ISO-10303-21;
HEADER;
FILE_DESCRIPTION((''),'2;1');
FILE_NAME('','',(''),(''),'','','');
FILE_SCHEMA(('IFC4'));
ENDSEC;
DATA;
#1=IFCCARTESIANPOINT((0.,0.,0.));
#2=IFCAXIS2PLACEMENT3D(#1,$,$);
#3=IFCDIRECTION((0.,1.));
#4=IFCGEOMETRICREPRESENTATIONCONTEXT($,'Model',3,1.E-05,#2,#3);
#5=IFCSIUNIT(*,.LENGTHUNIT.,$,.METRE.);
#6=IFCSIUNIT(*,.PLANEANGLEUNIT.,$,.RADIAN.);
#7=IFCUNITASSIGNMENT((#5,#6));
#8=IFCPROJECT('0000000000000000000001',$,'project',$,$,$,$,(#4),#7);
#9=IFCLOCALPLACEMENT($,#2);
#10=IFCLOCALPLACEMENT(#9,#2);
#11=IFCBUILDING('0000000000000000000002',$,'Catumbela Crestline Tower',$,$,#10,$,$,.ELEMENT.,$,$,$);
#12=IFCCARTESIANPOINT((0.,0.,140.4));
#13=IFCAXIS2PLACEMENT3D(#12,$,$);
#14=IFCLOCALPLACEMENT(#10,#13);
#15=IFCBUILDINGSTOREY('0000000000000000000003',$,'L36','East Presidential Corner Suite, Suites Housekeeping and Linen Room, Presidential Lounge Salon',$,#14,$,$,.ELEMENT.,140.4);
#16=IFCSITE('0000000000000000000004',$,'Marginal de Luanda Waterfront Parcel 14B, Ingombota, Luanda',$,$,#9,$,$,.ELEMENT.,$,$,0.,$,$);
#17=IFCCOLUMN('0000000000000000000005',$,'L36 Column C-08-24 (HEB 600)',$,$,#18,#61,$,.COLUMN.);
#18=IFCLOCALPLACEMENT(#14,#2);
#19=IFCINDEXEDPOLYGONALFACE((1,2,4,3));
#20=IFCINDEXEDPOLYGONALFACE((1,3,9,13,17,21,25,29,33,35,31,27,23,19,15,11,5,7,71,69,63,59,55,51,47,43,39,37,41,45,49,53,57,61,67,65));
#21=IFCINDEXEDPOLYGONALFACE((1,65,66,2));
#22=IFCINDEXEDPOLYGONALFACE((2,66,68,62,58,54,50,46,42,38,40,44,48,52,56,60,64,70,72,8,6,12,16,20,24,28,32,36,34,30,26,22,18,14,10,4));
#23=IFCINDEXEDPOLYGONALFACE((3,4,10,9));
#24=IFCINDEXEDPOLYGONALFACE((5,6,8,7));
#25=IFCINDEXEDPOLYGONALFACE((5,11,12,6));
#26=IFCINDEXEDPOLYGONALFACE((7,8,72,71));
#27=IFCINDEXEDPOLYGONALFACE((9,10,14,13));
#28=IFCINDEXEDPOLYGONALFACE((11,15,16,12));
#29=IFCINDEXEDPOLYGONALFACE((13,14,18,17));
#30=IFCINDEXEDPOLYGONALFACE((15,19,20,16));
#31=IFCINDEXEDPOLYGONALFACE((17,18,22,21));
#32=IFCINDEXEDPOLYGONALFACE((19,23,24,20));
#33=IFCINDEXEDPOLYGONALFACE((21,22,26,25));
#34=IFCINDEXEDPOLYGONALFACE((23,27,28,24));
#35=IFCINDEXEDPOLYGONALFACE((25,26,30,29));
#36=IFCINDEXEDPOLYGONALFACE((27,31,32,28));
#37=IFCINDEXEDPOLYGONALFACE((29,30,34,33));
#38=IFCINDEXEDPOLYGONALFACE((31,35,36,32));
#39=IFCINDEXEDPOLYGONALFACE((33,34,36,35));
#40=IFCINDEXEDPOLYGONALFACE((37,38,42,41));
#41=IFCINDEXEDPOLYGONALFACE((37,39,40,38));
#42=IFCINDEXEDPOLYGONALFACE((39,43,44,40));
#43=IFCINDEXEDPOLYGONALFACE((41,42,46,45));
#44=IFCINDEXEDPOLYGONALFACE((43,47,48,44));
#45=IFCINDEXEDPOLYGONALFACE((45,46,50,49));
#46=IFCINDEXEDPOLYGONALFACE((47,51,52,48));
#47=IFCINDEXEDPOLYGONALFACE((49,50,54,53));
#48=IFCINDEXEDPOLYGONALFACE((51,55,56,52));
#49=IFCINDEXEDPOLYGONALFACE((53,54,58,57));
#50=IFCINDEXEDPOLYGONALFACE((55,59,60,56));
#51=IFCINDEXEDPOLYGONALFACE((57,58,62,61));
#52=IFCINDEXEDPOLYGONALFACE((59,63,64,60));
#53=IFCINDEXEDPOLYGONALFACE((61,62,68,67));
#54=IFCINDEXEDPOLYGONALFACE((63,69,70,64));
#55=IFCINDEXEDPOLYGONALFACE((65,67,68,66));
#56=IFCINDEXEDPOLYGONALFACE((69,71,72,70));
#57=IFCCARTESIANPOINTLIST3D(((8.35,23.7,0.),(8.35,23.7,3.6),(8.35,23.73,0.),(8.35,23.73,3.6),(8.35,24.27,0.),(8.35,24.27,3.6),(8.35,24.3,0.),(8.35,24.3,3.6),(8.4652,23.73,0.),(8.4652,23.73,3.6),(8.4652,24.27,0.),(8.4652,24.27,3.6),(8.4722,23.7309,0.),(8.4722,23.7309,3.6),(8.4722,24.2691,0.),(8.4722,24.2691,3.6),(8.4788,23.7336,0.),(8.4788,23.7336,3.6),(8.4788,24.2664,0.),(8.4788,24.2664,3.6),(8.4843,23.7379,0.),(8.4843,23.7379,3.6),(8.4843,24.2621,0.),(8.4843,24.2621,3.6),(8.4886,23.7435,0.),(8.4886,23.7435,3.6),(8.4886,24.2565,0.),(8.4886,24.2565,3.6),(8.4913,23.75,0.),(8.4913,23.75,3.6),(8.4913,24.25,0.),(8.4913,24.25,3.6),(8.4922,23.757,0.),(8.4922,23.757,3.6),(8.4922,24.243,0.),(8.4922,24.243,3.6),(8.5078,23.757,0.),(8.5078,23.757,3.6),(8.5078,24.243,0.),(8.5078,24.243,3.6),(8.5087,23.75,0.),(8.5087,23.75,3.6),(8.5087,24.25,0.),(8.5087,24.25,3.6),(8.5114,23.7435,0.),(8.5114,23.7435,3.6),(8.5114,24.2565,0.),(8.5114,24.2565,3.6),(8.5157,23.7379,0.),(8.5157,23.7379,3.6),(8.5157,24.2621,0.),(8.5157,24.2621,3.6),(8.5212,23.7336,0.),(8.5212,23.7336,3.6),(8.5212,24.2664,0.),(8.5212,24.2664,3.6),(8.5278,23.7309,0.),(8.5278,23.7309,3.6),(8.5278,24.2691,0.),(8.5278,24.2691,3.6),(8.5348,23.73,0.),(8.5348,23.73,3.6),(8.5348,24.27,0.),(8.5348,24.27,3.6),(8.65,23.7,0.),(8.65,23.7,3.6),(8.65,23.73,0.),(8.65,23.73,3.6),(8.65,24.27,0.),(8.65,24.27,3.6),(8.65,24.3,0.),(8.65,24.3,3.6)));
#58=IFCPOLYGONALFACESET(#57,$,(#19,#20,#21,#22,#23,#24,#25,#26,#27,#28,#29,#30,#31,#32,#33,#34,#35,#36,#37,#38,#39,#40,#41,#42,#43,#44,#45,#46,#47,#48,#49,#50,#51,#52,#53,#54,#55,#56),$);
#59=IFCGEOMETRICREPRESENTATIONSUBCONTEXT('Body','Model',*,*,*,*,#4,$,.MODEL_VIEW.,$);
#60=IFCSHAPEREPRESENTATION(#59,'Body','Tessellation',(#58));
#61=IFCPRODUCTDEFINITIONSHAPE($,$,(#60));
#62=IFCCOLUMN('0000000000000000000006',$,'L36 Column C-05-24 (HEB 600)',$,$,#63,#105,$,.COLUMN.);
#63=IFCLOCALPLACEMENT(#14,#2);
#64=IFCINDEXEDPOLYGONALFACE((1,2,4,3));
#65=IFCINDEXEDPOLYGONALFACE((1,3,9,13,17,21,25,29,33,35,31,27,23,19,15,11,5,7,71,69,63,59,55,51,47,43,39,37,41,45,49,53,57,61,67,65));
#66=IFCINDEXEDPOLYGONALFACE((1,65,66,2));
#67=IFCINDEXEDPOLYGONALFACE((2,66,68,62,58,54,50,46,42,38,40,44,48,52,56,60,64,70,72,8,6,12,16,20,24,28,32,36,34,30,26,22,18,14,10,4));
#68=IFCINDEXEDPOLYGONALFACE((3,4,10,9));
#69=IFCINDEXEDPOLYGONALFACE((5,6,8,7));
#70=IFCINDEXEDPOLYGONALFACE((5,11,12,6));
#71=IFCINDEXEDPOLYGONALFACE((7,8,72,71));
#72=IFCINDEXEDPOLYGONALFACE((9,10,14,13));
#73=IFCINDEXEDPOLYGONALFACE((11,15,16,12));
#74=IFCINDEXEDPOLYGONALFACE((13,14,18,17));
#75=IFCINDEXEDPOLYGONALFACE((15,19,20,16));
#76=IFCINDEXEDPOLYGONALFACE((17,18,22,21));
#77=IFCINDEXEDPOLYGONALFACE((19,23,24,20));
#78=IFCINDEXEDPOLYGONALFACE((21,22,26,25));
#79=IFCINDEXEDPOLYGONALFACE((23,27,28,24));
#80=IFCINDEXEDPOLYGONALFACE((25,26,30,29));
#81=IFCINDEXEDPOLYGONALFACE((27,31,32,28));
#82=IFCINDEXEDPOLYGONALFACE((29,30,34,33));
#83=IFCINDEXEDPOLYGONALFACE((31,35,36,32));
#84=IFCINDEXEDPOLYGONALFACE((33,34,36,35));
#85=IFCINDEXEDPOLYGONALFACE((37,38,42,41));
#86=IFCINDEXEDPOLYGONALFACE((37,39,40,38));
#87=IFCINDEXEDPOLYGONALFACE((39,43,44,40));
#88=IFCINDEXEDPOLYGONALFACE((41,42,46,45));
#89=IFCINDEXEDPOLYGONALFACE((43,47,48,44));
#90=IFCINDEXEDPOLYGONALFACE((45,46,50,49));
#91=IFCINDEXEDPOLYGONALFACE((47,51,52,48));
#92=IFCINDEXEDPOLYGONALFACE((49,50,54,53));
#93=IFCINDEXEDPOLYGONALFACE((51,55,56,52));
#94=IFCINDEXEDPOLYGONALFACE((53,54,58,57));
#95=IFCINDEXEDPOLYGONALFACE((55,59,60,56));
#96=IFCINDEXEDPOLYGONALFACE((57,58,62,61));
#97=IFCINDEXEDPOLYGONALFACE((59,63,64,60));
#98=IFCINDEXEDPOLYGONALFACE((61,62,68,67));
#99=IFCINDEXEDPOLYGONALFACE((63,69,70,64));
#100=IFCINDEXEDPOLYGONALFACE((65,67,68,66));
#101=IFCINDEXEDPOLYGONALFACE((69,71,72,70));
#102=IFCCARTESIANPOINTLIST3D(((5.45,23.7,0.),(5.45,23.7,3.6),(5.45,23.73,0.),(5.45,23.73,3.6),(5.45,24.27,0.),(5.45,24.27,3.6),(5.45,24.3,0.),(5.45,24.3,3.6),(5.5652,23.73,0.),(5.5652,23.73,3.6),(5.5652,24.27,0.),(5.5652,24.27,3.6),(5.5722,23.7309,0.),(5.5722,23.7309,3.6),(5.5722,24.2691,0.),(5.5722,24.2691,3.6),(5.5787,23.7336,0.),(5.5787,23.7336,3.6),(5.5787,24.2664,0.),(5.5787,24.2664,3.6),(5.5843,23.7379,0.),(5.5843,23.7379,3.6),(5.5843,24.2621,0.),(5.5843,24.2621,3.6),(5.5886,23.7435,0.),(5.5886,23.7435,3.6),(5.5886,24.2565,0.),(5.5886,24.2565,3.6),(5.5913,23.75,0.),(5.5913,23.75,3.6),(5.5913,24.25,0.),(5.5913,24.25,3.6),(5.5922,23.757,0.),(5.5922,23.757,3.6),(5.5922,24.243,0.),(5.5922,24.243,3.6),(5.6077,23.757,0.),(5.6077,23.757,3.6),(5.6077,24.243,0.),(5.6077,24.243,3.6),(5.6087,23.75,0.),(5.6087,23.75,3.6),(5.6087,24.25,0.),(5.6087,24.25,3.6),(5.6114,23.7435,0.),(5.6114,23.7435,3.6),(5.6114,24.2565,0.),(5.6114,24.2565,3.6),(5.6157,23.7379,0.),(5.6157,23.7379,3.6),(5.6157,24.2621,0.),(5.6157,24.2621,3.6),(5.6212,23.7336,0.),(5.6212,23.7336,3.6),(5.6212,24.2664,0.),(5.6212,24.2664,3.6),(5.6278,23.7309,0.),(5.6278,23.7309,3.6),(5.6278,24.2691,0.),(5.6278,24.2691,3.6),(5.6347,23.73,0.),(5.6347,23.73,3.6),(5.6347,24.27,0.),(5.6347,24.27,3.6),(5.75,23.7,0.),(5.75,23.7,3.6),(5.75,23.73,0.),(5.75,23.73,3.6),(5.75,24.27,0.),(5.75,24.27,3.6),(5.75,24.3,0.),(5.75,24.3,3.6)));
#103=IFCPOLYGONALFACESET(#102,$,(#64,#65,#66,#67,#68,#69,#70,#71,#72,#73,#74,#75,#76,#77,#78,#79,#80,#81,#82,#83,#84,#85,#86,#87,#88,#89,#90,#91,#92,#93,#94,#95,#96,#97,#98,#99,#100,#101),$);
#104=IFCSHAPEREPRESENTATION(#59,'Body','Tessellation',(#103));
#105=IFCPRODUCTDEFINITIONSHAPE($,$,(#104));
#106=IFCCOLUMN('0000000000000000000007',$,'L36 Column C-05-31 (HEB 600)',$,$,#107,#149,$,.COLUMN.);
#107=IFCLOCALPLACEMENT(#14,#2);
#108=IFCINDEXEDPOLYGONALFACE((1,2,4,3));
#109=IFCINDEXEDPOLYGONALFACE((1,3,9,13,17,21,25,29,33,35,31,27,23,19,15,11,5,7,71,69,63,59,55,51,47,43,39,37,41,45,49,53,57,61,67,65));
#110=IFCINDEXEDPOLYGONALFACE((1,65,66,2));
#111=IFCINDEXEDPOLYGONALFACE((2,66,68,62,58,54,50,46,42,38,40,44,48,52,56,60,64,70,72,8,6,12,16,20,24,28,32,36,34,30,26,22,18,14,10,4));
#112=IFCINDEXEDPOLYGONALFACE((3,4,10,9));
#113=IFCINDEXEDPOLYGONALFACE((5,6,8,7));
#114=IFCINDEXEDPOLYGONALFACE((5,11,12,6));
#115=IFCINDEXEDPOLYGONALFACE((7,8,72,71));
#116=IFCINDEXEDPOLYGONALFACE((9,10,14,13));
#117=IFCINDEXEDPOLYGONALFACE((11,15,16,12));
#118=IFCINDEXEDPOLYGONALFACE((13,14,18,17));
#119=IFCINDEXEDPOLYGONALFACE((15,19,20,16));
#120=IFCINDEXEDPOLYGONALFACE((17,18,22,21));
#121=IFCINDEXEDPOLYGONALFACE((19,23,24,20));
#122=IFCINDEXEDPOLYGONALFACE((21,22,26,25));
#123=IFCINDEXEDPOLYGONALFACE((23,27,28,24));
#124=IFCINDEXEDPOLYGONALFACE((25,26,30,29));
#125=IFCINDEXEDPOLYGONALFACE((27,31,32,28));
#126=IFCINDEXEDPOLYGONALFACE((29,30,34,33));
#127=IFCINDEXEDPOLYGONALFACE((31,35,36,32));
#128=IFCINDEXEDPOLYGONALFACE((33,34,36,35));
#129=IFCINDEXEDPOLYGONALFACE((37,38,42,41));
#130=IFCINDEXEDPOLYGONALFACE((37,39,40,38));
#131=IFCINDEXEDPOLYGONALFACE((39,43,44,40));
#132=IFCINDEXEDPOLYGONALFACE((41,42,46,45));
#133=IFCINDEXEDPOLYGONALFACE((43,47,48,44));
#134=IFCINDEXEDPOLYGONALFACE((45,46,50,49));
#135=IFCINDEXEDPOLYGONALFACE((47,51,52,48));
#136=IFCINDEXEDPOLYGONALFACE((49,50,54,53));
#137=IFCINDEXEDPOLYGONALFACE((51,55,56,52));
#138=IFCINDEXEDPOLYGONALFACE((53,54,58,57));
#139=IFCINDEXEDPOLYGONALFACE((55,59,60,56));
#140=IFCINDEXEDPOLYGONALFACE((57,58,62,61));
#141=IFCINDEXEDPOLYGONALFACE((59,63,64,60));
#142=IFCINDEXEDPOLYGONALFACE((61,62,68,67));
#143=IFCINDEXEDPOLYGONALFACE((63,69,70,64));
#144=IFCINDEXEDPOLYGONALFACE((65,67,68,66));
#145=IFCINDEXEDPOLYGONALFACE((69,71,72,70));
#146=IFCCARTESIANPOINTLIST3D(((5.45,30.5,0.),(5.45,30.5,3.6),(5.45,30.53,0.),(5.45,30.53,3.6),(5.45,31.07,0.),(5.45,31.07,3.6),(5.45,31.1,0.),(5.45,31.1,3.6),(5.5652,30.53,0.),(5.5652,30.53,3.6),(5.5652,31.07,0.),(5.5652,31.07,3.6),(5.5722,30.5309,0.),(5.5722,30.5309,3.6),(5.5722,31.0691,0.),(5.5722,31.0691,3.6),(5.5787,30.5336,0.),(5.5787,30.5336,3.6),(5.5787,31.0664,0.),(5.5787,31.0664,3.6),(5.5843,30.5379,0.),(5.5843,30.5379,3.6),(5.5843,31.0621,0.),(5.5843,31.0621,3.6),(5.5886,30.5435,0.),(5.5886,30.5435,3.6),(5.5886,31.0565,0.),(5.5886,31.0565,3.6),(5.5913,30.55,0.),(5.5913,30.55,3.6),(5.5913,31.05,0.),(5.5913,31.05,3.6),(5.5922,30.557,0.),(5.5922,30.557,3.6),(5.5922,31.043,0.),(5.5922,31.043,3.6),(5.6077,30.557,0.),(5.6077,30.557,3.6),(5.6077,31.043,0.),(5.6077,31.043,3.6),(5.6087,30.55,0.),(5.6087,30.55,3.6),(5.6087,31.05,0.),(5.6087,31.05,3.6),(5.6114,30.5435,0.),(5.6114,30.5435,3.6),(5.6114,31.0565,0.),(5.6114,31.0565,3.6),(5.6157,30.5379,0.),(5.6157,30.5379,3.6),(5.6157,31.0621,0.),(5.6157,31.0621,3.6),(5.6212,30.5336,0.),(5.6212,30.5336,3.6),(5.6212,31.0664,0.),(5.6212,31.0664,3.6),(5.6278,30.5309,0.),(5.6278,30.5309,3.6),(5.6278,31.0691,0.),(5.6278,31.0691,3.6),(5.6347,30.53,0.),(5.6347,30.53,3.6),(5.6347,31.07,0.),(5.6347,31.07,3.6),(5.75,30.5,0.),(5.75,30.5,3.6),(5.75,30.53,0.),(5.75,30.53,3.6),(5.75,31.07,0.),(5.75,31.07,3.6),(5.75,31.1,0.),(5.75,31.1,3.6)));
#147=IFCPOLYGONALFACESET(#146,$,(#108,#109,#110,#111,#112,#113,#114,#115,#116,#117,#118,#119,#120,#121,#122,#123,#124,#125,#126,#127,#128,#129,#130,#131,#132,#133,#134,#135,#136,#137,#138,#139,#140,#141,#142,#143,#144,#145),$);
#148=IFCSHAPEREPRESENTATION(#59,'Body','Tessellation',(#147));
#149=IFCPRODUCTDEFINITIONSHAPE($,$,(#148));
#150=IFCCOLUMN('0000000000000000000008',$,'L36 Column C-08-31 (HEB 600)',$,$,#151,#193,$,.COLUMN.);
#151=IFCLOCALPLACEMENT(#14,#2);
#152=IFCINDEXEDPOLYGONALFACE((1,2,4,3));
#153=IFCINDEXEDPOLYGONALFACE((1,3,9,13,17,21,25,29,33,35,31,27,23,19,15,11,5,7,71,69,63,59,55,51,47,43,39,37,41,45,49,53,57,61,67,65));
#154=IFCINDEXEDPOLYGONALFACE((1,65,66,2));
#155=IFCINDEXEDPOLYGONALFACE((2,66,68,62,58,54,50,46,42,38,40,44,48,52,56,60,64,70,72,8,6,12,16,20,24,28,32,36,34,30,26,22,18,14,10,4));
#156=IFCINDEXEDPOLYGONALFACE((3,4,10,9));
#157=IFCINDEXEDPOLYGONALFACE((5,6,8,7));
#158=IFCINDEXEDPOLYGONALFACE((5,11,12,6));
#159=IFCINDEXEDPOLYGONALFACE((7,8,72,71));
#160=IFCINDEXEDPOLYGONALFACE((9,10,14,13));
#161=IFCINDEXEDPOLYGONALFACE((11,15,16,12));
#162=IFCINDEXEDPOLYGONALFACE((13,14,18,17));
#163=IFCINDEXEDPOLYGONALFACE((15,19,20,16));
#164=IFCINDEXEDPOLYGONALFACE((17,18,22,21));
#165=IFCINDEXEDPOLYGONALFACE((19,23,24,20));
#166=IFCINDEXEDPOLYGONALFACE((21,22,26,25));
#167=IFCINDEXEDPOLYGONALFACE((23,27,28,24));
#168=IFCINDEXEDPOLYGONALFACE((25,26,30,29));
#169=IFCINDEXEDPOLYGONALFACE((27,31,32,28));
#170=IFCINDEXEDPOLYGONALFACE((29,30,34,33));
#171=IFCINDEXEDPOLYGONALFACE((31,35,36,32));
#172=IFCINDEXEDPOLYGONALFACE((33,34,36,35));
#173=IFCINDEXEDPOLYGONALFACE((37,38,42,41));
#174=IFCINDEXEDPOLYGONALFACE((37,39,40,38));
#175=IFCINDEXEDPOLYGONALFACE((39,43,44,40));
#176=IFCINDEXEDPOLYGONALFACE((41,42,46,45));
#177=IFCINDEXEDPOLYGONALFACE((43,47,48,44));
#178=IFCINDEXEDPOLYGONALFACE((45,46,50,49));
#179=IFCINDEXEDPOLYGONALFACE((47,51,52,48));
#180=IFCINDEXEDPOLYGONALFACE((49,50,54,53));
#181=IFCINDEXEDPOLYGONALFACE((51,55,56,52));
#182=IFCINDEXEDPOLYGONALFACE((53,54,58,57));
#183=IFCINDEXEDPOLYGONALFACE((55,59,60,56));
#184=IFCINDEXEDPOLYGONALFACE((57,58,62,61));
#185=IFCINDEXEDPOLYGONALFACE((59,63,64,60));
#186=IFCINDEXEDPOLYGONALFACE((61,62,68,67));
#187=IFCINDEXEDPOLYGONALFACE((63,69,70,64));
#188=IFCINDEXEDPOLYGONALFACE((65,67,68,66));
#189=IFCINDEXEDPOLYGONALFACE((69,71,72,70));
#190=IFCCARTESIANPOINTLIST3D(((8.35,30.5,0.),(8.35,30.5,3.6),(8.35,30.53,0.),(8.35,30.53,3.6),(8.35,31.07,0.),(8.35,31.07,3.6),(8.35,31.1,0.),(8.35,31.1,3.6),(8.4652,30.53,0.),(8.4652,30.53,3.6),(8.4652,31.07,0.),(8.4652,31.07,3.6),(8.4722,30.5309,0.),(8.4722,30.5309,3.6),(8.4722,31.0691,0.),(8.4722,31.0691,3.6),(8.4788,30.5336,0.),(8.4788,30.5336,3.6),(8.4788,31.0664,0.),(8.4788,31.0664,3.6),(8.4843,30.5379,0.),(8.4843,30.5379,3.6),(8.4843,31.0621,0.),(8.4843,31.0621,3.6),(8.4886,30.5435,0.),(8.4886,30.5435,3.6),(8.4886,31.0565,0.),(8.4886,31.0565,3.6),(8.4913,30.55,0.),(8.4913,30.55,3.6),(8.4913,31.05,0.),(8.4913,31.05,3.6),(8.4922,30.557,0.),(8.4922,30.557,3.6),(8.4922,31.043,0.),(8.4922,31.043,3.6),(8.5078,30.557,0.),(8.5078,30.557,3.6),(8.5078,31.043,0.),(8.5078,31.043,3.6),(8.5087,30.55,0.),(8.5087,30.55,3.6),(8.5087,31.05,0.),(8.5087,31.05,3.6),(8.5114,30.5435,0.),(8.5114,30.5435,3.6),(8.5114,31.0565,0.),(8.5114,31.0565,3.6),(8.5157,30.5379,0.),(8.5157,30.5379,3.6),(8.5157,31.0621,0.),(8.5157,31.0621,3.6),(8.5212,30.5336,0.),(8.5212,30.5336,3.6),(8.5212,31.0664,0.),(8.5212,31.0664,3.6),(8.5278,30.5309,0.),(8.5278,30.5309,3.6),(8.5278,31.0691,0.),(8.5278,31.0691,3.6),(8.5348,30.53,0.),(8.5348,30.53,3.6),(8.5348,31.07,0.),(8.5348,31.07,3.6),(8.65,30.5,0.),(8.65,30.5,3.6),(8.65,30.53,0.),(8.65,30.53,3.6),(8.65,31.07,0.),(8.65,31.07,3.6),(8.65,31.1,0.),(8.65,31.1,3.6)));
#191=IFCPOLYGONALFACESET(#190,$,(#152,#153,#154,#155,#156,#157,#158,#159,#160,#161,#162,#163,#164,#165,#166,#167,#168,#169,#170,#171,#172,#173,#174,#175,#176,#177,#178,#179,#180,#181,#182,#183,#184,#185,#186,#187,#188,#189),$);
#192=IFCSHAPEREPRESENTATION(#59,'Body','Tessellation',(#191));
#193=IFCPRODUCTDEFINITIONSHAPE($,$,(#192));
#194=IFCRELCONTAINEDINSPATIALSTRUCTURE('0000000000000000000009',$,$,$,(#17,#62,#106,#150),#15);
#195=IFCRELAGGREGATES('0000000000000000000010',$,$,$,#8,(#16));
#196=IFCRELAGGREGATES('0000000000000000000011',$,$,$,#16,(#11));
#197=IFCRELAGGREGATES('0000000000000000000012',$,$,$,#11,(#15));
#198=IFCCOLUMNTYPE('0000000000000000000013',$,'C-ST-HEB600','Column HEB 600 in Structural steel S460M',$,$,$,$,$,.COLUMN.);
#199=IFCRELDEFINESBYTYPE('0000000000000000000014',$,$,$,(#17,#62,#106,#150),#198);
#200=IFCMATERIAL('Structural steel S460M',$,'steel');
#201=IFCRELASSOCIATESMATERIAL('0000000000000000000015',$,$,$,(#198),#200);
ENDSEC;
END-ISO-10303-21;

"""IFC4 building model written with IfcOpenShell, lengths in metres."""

from ifc_helpers import new_model, si_unit, direction, frame, origin, origin_2d, place, context, subcontext, project, spatial, i_section, extrude, material, material_profile, profile_set, type_object, element, save


model = new_model("IFC4")

# Units and contexts
model_context = context("Model", 3, precision=1e-05, world=origin(), true_north=direction((0.0, 1.0)))
body_context = subcontext(model_context, "Body", "Model", "MODEL_VIEW")
ifc_project = project(units=[si_unit("LENGTHUNIT", "METRE"), si_unit("PLANEANGLEUNIT", "RADIAN")], contexts=[model_context])

# Site, building, storey
site_placement = place(None, origin())
site = spatial("IfcSite", under=ifc_project, at=site_placement, Name="Marginal de Luanda Waterfront Parcel 14B, Ingombota, Luanda", CompositionType="ELEMENT", RefElevation=0.0)
building_placement = place(site_placement, origin())
building = spatial("IfcBuilding", under=site, at=building_placement, Name="Catumbela Crestline Tower", CompositionType="ELEMENT")
storey_placement = place(building_placement, frame((0.0, 0.0, 140.4)))
storey = spatial("IfcBuildingStorey", under=building, at=storey_placement, Name="L36", Description="East Presidential Corner Suite, Suites Housekeeping and Linen Room, Presidential Lounge Salon", CompositionType="ELEMENT", Elevation=140.4)

# Columns
ifc_material_1 = material(Name="Structural steel S460M", Category="steel")
ifc_material_profile_1 = material_profile(ifc_material_1, i_section(OverallWidth=0.3, OverallDepth=0.6, WebThickness=0.0155, FlangeThickness=0.03, FilletRadius=0.027, at=origin_2d()), Name="HEB 600")
ifc_profile_set_1 = profile_set([ifc_material_profile_1], Name="Structural steel S460M")
column_type = type_object("IfcColumnType", Name="C-ST-HEB600", Description="Column HEB 600 in Structural steel S460M", PredefinedType="COLUMN", material=ifc_profile_set_1)
for number, where, z_axis, x_axis, name in (
    (1, (8.5, 24.0, 0.0), (0.0, 0.0, 1.0), (1.0, 0.0, 0.0), "L36 Column C-08-24 (HEB 600)"),
    (2, (5.6, 24.0, 0.0), (0.0, 0.0, 1.0), (1.0, 0.0, 0.0), "L36 Column C-05-24 (HEB 600)"),
    (3, (5.6, 30.8, 0.0), (0.0, 0.0, 1.0), (1.0, 0.0, 0.0), "L36 Column C-05-31 (HEB 600)"),
    (4, (8.5, 30.8, 0.0), (0.0, 0.0, 1.0), (1.0, 0.0, 0.0), "L36 Column C-08-31 (HEB 600)"),
):
    element("IfcColumn", number, at=place(storey_placement, frame(where, z_axis=z_axis, x_axis=x_axis)), inside=storey, type_object=column_type, Name=name, PredefinedType="COLUMN", context=body_context, shape_type="SweptSolid", body=[
        extrude(i_section(OverallWidth=0.3, OverallDepth=0.6, WebThickness=0.0155, FlangeThickness=0.03, FilletRadius=0.027, at=origin_2d()), origin(), (0.0, 0.0, 1.0), 3.6),
    ])

save(model, "model.ifc")
